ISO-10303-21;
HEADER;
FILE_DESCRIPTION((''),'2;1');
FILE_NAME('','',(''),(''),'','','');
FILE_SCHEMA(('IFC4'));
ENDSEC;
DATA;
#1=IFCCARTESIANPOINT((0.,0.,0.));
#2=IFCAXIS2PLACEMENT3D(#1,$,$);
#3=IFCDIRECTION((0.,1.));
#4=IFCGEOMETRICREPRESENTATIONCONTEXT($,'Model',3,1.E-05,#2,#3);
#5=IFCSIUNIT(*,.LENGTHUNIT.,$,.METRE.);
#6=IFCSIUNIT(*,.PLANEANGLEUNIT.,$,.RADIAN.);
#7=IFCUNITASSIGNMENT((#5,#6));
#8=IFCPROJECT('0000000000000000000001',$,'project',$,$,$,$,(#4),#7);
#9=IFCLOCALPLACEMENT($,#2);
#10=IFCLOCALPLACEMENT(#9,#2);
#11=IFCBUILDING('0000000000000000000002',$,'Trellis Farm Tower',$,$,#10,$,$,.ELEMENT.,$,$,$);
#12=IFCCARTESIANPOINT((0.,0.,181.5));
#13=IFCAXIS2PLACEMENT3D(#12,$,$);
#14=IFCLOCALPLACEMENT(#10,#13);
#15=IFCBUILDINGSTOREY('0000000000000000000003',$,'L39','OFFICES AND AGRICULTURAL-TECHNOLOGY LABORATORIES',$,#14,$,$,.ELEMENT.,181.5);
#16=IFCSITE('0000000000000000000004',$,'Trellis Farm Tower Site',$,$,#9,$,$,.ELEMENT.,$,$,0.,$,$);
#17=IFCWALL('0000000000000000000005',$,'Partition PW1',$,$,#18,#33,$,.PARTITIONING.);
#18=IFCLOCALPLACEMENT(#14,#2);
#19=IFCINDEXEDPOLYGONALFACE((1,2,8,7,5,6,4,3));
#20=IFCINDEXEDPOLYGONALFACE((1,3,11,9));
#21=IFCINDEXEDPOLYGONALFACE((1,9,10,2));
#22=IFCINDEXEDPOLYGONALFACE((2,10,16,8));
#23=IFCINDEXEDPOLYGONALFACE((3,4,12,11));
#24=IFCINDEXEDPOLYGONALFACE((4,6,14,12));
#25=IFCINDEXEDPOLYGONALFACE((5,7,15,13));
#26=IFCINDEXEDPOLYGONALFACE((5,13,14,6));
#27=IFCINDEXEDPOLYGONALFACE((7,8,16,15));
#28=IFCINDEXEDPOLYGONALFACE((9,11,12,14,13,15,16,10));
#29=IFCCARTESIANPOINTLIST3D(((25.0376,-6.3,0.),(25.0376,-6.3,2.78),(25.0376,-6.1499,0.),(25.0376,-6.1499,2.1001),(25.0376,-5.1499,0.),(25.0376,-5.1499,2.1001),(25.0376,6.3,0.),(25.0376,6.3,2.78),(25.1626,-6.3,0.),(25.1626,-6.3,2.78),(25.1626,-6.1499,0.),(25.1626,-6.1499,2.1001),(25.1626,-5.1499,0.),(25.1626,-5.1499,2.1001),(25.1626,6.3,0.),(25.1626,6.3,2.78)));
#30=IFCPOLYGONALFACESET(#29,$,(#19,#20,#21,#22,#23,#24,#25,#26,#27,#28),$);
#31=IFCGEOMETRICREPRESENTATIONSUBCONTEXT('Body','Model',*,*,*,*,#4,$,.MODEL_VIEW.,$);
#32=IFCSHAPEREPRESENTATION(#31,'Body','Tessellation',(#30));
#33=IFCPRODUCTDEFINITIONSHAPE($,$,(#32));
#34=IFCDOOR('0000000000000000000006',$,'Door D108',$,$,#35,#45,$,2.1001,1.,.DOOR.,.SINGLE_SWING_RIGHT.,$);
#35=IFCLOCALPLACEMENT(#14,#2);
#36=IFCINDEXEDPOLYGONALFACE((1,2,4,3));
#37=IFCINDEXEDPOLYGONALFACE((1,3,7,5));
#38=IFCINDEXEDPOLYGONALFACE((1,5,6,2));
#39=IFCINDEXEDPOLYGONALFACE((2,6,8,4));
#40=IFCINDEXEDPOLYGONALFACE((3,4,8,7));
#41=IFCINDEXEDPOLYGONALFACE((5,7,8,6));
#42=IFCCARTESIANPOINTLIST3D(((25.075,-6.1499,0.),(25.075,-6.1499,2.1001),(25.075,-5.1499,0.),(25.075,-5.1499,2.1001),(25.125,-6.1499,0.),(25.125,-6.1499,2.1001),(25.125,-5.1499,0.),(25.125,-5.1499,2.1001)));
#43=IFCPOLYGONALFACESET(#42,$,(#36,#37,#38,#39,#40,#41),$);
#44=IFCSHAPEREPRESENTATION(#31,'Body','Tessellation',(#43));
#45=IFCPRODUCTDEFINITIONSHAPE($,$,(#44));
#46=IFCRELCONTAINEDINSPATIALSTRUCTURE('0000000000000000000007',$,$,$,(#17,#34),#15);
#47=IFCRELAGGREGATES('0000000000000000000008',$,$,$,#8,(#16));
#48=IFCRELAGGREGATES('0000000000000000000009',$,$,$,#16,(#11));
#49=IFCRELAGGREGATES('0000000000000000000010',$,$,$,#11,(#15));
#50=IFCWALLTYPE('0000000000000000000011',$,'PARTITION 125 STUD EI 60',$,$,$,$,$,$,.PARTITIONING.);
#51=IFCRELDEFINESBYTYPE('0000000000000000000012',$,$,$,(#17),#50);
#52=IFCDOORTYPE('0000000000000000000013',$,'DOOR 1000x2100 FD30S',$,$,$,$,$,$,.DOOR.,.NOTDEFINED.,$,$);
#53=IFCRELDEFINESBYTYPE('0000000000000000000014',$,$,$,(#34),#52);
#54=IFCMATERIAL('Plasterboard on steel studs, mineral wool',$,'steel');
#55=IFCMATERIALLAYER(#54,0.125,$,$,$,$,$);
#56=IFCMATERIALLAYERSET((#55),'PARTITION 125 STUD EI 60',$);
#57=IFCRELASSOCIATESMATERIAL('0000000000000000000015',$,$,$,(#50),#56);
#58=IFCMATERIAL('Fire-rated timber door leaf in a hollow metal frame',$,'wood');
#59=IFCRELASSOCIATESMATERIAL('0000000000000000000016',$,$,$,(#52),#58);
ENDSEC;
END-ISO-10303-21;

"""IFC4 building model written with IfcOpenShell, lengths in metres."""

from ifc_helpers import new_model, si_unit, direction, frame, frame_2d, origin, place, context, subcontext, project, spatial, rectangle, extrude, source, transform, mapped, material, layer, layer_set, type_object, element, fill, save


model = new_model("IFC4")

# Units and contexts
model_context = context("Model", 3, precision=1e-05, world=origin(), true_north=direction((0.0, 1.0)))
body_context = subcontext(model_context, "Body", "Model", "MODEL_VIEW")
ifc_project = project(units=[si_unit("LENGTHUNIT", "METRE"), si_unit("PLANEANGLEUNIT", "RADIAN")], contexts=[model_context])

# Site, building, storey
site_placement = place(None, origin())
site = spatial("IfcSite", under=ifc_project, at=site_placement, Name="Trellis Farm Tower Site", CompositionType="ELEMENT", RefElevation=0.0)
building_placement = place(site_placement, origin())
building = spatial("IfcBuilding", under=site, at=building_placement, Name="Trellis Farm Tower", CompositionType="ELEMENT")
storey_placement = place(building_placement, frame((0.0, 0.0, 181.5)))
storey = spatial("IfcBuildingStorey", under=building, at=storey_placement, Name="L39", Description="OFFICES AND AGRICULTURAL-TECHNOLOGY LABORATORIES", CompositionType="ELEMENT", Elevation=181.5)

# Wall, opening, door
ifc_material_1 = material(Name="Plasterboard on steel studs, mineral wool", Category="steel")
ifc_layer_1 = layer(ifc_material_1, 0.125)
ifc_layer_set_1 = layer_set([ifc_layer_1], Name="PARTITION 125 STUD EI 60")
wall_type_1 = type_object("IfcWallType", Name="PARTITION 125 STUD EI 60", PredefinedType="PARTITIONING", material=ifc_layer_set_1)
shared_shape_1 = source(origin(), body_context, "Body", "SweptSolid", [
    extrude(rectangle(XDim=12.6001, YDim=0.125, at=frame_2d((6.3, 0.0))), origin(), (0.0, 0.0, 1.0), 2.78),
])
wall_1_placement = place(storey_placement, frame((25.1001, 6.3, 0.0), z_axis=(0.0, 0.0, 1.0), x_axis=(0.0, -1.0, 0.0)))
wall_1 = element("IfcWall", 1, at=wall_1_placement, inside=storey, type_object=wall_type_1, Name="Partition PW1", PredefinedType="PARTITIONING", context=body_context, shape_type="MappedRepresentation", body=[
    mapped(shared_shape_1, transform((0.0, 0.0, 0.0))),
])
shared_shape_2 = source(origin(), body_context, "Body", "SweptSolid", [
    extrude(rectangle(XDim=1.0, YDim=2.1001, at=frame_2d((0.5, 1.05))), frame((0.0, 0.0725, 0.0), z_axis=(0.0, -1.0, 0.0), x_axis=(1.0, 0.0, 0.0)), (0.0, 0.0, 1.0), 0.145),
])
opening_1_placement = place(wall_1_placement, frame((11.45, 0.0, 0.0)))
opening_1 = element("IfcOpeningElement", 2, at=opening_1_placement, cuts=wall_1, PredefinedType="OPENING", context=body_context, shape_type="MappedRepresentation", body=[
    mapped(shared_shape_2, transform((0.0, 0.0, 0.0))),
])
ifc_material_2 = material(Name="Fire-rated timber door leaf in a hollow metal frame", Category="wood")
door_type_1 = type_object("IfcDoorType", Name="DOOR 1000x2100 FD30S", OperationType="NOTDEFINED", PredefinedType="DOOR", material=ifc_material_2)
shared_shape_3 = source(origin(), body_context, "Body", "SweptSolid", [
    extrude(rectangle(XDim=1.0, YDim=2.1001, at=frame_2d((0.5, 1.05))), frame((0.0, 0.0249, 0.0), z_axis=(0.0, -1.0, 0.0), x_axis=(1.0, 0.0, 0.0)), (0.0, 0.0, 1.0), 0.05),
])
door_1_placement = place(opening_1_placement, origin())
door_1 = element("IfcDoor", 3, at=door_1_placement, inside=storey, type_object=door_type_1, Name="Door D108", OperationType="SINGLE_SWING_RIGHT", OverallHeight=2.1001, OverallWidth=1.0, PredefinedType="DOOR", context=body_context, shape_type="MappedRepresentation", body=[
    mapped(shared_shape_3, transform((0.0, 0.0, 0.0))),
])
fill(opening_1, door_1)

save(model, "model.ifc")
